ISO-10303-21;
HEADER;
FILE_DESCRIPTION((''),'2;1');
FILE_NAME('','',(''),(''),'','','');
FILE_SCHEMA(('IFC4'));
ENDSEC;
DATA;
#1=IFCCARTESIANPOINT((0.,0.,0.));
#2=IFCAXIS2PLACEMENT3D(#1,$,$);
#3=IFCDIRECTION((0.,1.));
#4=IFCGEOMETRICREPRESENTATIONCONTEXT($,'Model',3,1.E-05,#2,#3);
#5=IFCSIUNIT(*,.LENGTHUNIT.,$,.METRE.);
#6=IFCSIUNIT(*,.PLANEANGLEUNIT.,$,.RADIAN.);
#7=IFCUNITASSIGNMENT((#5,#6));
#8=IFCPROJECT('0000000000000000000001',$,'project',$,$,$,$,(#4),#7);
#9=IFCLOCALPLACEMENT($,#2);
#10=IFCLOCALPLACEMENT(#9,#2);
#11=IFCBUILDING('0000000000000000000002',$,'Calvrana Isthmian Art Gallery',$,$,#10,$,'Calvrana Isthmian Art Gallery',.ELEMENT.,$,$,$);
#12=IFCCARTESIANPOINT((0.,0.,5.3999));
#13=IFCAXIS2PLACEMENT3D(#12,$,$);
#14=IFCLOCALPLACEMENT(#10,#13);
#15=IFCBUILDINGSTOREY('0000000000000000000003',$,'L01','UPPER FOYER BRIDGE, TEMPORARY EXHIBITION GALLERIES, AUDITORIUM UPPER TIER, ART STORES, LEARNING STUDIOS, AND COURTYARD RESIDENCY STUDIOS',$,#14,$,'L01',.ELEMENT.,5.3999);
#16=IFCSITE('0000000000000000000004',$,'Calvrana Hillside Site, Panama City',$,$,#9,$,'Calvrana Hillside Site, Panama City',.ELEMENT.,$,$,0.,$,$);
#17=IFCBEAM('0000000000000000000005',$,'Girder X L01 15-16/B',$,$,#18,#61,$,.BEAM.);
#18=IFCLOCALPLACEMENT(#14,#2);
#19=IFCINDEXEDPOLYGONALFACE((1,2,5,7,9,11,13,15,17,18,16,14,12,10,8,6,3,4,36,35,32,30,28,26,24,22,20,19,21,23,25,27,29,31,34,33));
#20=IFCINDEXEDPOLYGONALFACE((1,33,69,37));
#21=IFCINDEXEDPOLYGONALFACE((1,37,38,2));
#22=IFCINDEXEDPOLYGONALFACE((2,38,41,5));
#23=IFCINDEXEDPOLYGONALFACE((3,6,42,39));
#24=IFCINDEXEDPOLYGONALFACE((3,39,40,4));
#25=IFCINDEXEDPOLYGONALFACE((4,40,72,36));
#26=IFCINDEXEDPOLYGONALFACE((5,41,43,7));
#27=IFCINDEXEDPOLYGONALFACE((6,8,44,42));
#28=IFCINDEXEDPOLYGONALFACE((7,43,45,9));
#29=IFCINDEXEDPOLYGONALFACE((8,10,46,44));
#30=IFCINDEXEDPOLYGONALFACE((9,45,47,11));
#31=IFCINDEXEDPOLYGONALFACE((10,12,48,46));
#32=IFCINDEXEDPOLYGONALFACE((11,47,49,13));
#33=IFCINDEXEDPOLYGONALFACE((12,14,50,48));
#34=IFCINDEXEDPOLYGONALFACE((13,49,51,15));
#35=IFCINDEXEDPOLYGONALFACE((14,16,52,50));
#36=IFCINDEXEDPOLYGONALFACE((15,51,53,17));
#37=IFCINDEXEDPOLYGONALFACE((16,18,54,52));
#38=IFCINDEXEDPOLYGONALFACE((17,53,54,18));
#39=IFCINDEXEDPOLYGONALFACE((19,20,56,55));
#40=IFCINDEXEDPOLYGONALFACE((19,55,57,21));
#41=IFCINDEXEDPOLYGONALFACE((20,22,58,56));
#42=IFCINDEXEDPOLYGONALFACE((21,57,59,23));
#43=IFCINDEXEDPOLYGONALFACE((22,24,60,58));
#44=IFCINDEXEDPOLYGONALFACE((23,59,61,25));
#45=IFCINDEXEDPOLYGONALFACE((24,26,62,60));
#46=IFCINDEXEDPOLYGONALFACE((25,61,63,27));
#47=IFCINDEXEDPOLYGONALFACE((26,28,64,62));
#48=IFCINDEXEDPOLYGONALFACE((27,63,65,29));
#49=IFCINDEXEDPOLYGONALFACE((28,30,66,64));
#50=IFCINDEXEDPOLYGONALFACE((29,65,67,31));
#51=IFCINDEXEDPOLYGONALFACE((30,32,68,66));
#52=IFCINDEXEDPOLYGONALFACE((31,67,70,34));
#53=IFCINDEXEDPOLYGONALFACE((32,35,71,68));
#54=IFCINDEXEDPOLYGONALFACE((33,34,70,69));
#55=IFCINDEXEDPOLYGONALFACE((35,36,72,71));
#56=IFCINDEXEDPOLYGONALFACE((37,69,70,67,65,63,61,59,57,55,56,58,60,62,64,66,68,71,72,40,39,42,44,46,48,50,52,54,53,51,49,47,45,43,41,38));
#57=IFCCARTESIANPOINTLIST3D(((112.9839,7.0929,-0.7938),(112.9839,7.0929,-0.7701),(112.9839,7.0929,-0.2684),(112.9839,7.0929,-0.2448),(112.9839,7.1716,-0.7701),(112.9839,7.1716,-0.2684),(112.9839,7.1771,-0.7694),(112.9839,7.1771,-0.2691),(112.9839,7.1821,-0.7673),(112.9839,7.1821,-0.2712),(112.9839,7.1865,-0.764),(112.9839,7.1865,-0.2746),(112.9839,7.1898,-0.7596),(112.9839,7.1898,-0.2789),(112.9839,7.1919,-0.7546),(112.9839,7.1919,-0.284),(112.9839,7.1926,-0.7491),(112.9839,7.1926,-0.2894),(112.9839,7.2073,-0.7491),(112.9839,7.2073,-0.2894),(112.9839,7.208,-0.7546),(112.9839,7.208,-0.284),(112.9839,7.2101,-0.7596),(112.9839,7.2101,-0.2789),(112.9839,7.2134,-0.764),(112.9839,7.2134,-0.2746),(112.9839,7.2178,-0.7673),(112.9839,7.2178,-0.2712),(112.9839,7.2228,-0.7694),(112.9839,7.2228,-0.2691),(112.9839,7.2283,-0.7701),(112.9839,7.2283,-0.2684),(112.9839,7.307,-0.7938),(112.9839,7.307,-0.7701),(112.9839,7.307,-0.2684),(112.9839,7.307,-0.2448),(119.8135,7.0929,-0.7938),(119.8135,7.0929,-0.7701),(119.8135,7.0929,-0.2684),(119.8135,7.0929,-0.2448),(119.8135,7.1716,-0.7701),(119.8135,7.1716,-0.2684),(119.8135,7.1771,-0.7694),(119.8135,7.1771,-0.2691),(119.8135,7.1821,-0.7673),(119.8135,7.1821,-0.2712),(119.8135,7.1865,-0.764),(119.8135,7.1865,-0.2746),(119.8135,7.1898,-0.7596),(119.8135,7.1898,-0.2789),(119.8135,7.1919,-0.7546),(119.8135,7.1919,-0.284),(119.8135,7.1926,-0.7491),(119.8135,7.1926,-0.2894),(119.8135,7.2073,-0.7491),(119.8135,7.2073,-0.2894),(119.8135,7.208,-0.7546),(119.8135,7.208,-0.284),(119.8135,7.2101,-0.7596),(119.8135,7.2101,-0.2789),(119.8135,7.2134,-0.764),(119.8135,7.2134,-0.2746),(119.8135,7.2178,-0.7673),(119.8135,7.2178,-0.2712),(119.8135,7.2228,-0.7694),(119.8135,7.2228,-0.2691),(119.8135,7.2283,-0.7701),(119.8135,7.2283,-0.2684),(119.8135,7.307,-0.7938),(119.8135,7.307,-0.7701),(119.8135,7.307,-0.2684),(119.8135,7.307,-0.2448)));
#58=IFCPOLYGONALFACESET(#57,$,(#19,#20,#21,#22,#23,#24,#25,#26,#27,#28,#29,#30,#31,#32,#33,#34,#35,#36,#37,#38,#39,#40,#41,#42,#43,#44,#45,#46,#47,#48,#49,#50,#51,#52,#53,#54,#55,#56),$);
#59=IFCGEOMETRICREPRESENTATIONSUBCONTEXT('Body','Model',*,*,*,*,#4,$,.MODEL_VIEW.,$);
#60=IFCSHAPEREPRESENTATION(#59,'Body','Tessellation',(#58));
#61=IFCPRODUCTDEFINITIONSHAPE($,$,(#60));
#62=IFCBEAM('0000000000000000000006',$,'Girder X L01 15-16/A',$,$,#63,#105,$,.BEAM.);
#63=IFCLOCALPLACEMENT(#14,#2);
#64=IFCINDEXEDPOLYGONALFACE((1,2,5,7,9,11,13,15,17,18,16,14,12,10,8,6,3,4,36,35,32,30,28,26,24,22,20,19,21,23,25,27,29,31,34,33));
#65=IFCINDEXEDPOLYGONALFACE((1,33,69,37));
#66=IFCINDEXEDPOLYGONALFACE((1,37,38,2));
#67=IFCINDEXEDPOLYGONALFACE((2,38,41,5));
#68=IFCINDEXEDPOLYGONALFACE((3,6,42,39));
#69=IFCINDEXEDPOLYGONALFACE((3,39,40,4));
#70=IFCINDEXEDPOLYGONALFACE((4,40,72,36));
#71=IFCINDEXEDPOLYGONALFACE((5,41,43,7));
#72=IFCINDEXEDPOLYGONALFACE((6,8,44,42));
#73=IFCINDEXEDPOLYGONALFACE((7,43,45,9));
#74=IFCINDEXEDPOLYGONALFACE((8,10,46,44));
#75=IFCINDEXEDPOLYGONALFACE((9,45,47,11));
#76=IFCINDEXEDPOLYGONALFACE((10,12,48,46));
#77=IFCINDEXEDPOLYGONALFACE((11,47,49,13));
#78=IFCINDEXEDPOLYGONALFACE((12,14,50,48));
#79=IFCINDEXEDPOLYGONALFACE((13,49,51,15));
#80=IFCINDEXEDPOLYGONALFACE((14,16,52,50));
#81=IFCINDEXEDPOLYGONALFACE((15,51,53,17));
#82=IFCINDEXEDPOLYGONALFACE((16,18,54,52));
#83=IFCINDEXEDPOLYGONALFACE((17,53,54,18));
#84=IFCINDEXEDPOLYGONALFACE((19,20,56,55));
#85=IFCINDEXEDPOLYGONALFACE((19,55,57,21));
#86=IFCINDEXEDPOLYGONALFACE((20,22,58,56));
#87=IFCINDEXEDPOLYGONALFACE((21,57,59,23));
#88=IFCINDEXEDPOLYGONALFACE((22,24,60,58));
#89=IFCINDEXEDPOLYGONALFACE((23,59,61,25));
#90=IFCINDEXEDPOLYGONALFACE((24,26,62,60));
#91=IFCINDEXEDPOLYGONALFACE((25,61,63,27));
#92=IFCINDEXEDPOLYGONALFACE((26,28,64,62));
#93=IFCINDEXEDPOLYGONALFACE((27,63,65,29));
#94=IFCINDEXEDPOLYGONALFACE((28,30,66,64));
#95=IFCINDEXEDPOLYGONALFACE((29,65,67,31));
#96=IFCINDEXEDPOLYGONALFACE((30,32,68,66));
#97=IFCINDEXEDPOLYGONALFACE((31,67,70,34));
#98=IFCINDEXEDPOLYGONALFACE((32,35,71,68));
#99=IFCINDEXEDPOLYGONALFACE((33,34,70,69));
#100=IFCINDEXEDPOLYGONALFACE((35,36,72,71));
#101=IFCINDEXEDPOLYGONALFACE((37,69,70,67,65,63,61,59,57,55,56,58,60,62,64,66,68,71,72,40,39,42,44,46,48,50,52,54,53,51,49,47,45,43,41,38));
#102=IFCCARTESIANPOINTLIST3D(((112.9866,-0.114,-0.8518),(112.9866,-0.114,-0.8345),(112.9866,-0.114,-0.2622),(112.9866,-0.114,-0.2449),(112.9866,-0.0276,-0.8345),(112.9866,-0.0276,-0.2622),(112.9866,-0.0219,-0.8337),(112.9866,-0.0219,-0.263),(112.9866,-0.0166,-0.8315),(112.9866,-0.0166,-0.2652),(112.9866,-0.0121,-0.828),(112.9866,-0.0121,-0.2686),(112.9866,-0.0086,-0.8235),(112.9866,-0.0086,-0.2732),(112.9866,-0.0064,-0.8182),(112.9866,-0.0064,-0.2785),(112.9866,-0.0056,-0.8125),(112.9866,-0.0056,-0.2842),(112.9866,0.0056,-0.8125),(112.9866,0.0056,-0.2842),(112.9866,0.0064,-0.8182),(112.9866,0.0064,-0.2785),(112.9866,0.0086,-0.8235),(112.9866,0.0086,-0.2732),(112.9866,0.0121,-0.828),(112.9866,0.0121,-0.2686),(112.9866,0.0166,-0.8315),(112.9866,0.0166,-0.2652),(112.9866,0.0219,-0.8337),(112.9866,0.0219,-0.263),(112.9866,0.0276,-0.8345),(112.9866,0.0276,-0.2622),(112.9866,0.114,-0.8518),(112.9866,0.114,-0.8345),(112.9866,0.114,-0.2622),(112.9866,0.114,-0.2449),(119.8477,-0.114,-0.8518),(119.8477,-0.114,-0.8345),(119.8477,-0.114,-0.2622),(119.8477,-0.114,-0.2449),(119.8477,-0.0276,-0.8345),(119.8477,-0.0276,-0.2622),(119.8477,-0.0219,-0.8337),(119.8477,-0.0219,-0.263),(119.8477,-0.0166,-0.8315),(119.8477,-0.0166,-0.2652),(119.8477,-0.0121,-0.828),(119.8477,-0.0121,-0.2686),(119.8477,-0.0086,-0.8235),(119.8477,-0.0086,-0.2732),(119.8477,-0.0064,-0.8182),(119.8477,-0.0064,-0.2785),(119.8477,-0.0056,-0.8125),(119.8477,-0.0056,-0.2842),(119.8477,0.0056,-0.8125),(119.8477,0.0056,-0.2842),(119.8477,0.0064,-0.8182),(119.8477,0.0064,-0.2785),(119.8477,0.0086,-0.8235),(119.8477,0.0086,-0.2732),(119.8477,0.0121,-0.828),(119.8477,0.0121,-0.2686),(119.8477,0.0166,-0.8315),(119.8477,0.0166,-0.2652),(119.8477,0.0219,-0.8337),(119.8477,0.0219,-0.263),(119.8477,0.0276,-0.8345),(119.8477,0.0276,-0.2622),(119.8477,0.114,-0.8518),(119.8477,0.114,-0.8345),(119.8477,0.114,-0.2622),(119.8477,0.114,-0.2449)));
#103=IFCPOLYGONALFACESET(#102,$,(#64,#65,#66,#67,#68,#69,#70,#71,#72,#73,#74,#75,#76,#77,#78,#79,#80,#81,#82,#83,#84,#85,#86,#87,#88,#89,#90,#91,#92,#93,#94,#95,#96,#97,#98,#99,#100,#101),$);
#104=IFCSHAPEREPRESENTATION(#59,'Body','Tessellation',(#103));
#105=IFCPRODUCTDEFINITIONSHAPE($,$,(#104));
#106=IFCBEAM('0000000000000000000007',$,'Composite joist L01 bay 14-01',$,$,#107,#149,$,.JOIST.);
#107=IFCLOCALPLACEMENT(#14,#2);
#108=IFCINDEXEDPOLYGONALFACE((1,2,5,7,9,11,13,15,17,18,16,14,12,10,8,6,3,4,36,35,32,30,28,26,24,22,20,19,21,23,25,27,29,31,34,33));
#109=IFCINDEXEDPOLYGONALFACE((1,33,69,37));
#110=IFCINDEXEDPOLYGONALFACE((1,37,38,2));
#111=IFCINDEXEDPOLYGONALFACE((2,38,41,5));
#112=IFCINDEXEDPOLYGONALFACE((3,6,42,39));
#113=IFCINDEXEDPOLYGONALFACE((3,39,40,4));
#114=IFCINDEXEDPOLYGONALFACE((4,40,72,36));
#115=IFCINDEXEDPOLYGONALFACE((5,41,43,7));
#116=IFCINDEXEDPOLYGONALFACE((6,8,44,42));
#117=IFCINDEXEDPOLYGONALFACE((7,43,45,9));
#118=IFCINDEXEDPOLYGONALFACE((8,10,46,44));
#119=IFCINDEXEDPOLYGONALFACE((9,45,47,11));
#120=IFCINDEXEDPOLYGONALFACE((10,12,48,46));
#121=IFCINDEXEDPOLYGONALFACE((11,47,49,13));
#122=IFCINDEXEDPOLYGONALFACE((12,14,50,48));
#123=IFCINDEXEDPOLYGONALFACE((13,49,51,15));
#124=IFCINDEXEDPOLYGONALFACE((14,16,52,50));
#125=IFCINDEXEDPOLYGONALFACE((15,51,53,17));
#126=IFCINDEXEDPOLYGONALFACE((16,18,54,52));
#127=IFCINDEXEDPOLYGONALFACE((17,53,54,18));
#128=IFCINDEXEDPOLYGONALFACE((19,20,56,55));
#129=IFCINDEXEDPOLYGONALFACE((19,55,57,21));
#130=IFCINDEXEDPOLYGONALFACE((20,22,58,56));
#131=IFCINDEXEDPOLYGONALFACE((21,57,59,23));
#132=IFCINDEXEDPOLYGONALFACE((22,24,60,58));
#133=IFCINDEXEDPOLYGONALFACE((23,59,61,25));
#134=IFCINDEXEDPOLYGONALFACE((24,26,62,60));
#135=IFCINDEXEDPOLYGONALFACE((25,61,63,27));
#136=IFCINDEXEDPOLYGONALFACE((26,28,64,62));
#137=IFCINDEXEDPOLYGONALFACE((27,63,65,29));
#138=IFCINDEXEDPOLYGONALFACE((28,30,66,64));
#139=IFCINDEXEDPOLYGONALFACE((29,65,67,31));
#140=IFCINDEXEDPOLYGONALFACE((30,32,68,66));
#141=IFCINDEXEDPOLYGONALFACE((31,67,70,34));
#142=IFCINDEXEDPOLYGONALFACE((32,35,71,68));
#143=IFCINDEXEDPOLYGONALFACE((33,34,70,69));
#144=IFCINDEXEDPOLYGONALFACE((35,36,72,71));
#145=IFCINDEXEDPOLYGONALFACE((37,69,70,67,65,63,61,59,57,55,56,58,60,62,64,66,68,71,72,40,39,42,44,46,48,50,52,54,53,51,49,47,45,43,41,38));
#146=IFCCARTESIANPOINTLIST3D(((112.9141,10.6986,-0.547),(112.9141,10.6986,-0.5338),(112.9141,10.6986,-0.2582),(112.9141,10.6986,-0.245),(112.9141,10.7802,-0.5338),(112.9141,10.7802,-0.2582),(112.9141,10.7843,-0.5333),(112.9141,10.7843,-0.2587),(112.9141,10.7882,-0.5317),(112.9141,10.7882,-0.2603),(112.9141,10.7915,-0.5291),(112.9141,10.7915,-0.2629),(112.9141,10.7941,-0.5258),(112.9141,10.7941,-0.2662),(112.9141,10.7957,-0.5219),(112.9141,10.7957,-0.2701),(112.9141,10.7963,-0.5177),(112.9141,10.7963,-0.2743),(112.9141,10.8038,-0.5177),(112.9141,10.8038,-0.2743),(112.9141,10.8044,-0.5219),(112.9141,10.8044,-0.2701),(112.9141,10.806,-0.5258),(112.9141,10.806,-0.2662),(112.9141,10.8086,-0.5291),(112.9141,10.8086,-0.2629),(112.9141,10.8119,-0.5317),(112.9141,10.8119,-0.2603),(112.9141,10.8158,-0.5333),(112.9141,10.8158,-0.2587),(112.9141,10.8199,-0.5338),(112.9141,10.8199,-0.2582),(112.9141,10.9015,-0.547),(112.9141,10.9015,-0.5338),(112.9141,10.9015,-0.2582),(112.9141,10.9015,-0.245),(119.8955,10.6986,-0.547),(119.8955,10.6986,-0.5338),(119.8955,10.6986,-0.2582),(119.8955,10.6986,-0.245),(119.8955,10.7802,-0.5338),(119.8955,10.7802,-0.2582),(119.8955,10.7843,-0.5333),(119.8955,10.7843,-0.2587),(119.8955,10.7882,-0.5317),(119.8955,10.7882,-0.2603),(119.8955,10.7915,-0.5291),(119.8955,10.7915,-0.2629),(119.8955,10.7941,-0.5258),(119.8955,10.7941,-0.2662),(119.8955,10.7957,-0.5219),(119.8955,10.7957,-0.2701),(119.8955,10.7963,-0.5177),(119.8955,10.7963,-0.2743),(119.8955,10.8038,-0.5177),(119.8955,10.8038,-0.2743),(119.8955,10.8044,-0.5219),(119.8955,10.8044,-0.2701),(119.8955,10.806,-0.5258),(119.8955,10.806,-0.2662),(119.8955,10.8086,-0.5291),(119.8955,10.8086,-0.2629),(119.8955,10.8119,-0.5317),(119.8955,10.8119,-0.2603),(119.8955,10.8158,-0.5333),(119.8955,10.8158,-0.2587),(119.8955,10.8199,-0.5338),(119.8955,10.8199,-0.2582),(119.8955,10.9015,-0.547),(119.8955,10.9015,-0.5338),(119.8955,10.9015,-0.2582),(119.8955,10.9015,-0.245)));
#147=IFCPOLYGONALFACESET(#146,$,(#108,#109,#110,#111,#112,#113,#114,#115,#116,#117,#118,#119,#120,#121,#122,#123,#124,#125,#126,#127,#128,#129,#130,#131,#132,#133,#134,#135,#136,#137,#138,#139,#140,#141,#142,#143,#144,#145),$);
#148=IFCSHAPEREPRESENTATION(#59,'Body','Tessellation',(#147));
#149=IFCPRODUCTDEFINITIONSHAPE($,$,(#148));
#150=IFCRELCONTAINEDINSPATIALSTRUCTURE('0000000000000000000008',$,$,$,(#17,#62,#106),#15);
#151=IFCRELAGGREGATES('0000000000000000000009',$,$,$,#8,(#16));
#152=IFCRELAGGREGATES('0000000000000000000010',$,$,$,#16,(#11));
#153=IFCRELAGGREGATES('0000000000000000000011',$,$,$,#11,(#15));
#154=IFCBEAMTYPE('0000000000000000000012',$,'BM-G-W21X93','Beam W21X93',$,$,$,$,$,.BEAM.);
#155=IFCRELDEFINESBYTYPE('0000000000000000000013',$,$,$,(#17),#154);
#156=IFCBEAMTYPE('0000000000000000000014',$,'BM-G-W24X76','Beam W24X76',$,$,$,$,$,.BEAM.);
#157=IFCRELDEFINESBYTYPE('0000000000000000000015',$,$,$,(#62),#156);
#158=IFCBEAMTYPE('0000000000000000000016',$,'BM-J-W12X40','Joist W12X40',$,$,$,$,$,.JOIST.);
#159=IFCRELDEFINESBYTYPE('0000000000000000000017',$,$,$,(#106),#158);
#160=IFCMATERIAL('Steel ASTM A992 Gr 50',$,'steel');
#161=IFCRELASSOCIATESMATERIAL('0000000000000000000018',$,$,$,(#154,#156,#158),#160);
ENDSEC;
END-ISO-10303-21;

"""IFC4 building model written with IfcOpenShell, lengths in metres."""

from ifc_helpers import new_model, si_unit, direction, frame, origin, origin_2d, place, context, subcontext, project, spatial, i_section, extrude, material, material_profile, profile_set, type_object, element, save


model = new_model("IFC4")

# Units and contexts
model_context = context("Model", 3, precision=1e-05, world=origin(), true_north=direction((0.0, 1.0)))
body_context = subcontext(model_context, "Body", "Model", "MODEL_VIEW")
ifc_project = project(units=[si_unit("LENGTHUNIT", "METRE"), si_unit("PLANEANGLEUNIT", "RADIAN")], contexts=[model_context])

# Site, building, storey
site_placement = place(None, origin())
site = spatial("IfcSite", under=ifc_project, at=site_placement, Name="Calvrana Hillside Site, Panama City", LongName="Calvrana Hillside Site, Panama City", CompositionType="ELEMENT", RefElevation=0.0)
building_placement = place(site_placement, origin())
building = spatial("IfcBuilding", under=site, at=building_placement, Name="Calvrana Isthmian Art Gallery", LongName="Calvrana Isthmian Art Gallery", CompositionType="ELEMENT")
storey_placement = place(building_placement, frame((0.0, 0.0, 5.3999)))
storey = spatial("IfcBuildingStorey", under=building, at=storey_placement, Name="L01", Description="UPPER FOYER BRIDGE, TEMPORARY EXHIBITION GALLERIES, AUDITORIUM UPPER TIER, ART STORES, LEARNING STUDIOS, AND COURTYARD RESIDENCY STUDIOS", LongName="L01", CompositionType="ELEMENT", Elevation=5.3999)

# Beams
ifc_material_1 = material(Name="Steel ASTM A992 Gr 50", Category="steel")
ifc_material_profile_1 = material_profile(ifc_material_1, i_section(OverallWidth=0.2141, OverallDepth=0.5491, WebThickness=0.0146, FlangeThickness=0.0237, FilletRadius=0.021, at=origin_2d()), Name="W21X93")
ifc_profile_set_1 = profile_set([ifc_material_profile_1], Name="Steel ASTM A992 Gr 50")
beam_type_1 = type_object("IfcBeamType", Name="BM-G-W21X93", Description="Beam W21X93", PredefinedType="BEAM", material=ifc_profile_set_1)
beam_1_placement = place(storey_placement, frame((112.9839, 7.2, -0.5193), z_axis=(1.0, 0.0, 0.0), x_axis=(0.0, 1.0, 0.0)))
element("IfcBeam", 1, at=beam_1_placement, inside=storey, type_object=beam_type_1, Name="Girder X L01 15-16/B", PredefinedType="BEAM", context=body_context, shape_type="SweptSolid", body=[
    extrude(i_section(OverallWidth=0.2141, OverallDepth=0.5491, WebThickness=0.0146, FlangeThickness=0.0237, FilletRadius=0.021, at=origin_2d()), origin(), (0.0, 0.0, 1.0), 6.8296),
])
ifc_material_profile_2 = material_profile(ifc_material_1, i_section(OverallWidth=0.228, OverallDepth=0.6069, WebThickness=0.0112, FlangeThickness=0.0173, FilletRadius=0.022, at=origin_2d()), Name="W24X76")
ifc_profile_set_2 = profile_set([ifc_material_profile_2], Name="Steel ASTM A992 Gr 50")
beam_type_2 = type_object("IfcBeamType", Name="BM-G-W24X76", Description="Beam W24X76", PredefinedType="BEAM", material=ifc_profile_set_2)
beam_2_placement = place(storey_placement, frame((112.9866, 0.0, -0.5483), z_axis=(1.0, 0.0, 0.0), x_axis=(0.0, 1.0, 0.0)))
element("IfcBeam", 2, at=beam_2_placement, inside=storey, type_object=beam_type_2, Name="Girder X L01 15-16/A", PredefinedType="BEAM", context=body_context, shape_type="SweptSolid", body=[
    extrude(i_section(OverallWidth=0.228, OverallDepth=0.6069, WebThickness=0.0112, FlangeThickness=0.0173, FilletRadius=0.022, at=origin_2d()), origin(), (0.0, 0.0, 1.0), 6.8611),
])
ifc_material_profile_3 = material_profile(ifc_material_1, i_section(OverallWidth=0.2029, OverallDepth=0.302, WebThickness=0.0076, FlangeThickness=0.0132, FilletRadius=0.0161, at=origin_2d()), Name="W12X40")
ifc_profile_set_3 = profile_set([ifc_material_profile_3], Name="Steel ASTM A992 Gr 50")
beam_type_3 = type_object("IfcBeamType", Name="BM-J-W12X40", Description="Joist W12X40", PredefinedType="JOIST", material=ifc_profile_set_3)
beam_3_placement = place(storey_placement, frame((112.9141, 10.8, -0.396), z_axis=(1.0, 0.0, 0.0), x_axis=(0.0, 1.0, 0.0)))
element("IfcBeam", 3, at=beam_3_placement, inside=storey, type_object=beam_type_3, Name="Composite joist L01 bay 14-01", PredefinedType="JOIST", context=body_context, shape_type="SweptSolid", body=[
    extrude(i_section(OverallWidth=0.2029, OverallDepth=0.302, WebThickness=0.0076, FlangeThickness=0.0132, FilletRadius=0.0161, at=origin_2d()), origin(), (0.0, 0.0, 1.0), 6.9814),
])

save(model, "model.ifc")
